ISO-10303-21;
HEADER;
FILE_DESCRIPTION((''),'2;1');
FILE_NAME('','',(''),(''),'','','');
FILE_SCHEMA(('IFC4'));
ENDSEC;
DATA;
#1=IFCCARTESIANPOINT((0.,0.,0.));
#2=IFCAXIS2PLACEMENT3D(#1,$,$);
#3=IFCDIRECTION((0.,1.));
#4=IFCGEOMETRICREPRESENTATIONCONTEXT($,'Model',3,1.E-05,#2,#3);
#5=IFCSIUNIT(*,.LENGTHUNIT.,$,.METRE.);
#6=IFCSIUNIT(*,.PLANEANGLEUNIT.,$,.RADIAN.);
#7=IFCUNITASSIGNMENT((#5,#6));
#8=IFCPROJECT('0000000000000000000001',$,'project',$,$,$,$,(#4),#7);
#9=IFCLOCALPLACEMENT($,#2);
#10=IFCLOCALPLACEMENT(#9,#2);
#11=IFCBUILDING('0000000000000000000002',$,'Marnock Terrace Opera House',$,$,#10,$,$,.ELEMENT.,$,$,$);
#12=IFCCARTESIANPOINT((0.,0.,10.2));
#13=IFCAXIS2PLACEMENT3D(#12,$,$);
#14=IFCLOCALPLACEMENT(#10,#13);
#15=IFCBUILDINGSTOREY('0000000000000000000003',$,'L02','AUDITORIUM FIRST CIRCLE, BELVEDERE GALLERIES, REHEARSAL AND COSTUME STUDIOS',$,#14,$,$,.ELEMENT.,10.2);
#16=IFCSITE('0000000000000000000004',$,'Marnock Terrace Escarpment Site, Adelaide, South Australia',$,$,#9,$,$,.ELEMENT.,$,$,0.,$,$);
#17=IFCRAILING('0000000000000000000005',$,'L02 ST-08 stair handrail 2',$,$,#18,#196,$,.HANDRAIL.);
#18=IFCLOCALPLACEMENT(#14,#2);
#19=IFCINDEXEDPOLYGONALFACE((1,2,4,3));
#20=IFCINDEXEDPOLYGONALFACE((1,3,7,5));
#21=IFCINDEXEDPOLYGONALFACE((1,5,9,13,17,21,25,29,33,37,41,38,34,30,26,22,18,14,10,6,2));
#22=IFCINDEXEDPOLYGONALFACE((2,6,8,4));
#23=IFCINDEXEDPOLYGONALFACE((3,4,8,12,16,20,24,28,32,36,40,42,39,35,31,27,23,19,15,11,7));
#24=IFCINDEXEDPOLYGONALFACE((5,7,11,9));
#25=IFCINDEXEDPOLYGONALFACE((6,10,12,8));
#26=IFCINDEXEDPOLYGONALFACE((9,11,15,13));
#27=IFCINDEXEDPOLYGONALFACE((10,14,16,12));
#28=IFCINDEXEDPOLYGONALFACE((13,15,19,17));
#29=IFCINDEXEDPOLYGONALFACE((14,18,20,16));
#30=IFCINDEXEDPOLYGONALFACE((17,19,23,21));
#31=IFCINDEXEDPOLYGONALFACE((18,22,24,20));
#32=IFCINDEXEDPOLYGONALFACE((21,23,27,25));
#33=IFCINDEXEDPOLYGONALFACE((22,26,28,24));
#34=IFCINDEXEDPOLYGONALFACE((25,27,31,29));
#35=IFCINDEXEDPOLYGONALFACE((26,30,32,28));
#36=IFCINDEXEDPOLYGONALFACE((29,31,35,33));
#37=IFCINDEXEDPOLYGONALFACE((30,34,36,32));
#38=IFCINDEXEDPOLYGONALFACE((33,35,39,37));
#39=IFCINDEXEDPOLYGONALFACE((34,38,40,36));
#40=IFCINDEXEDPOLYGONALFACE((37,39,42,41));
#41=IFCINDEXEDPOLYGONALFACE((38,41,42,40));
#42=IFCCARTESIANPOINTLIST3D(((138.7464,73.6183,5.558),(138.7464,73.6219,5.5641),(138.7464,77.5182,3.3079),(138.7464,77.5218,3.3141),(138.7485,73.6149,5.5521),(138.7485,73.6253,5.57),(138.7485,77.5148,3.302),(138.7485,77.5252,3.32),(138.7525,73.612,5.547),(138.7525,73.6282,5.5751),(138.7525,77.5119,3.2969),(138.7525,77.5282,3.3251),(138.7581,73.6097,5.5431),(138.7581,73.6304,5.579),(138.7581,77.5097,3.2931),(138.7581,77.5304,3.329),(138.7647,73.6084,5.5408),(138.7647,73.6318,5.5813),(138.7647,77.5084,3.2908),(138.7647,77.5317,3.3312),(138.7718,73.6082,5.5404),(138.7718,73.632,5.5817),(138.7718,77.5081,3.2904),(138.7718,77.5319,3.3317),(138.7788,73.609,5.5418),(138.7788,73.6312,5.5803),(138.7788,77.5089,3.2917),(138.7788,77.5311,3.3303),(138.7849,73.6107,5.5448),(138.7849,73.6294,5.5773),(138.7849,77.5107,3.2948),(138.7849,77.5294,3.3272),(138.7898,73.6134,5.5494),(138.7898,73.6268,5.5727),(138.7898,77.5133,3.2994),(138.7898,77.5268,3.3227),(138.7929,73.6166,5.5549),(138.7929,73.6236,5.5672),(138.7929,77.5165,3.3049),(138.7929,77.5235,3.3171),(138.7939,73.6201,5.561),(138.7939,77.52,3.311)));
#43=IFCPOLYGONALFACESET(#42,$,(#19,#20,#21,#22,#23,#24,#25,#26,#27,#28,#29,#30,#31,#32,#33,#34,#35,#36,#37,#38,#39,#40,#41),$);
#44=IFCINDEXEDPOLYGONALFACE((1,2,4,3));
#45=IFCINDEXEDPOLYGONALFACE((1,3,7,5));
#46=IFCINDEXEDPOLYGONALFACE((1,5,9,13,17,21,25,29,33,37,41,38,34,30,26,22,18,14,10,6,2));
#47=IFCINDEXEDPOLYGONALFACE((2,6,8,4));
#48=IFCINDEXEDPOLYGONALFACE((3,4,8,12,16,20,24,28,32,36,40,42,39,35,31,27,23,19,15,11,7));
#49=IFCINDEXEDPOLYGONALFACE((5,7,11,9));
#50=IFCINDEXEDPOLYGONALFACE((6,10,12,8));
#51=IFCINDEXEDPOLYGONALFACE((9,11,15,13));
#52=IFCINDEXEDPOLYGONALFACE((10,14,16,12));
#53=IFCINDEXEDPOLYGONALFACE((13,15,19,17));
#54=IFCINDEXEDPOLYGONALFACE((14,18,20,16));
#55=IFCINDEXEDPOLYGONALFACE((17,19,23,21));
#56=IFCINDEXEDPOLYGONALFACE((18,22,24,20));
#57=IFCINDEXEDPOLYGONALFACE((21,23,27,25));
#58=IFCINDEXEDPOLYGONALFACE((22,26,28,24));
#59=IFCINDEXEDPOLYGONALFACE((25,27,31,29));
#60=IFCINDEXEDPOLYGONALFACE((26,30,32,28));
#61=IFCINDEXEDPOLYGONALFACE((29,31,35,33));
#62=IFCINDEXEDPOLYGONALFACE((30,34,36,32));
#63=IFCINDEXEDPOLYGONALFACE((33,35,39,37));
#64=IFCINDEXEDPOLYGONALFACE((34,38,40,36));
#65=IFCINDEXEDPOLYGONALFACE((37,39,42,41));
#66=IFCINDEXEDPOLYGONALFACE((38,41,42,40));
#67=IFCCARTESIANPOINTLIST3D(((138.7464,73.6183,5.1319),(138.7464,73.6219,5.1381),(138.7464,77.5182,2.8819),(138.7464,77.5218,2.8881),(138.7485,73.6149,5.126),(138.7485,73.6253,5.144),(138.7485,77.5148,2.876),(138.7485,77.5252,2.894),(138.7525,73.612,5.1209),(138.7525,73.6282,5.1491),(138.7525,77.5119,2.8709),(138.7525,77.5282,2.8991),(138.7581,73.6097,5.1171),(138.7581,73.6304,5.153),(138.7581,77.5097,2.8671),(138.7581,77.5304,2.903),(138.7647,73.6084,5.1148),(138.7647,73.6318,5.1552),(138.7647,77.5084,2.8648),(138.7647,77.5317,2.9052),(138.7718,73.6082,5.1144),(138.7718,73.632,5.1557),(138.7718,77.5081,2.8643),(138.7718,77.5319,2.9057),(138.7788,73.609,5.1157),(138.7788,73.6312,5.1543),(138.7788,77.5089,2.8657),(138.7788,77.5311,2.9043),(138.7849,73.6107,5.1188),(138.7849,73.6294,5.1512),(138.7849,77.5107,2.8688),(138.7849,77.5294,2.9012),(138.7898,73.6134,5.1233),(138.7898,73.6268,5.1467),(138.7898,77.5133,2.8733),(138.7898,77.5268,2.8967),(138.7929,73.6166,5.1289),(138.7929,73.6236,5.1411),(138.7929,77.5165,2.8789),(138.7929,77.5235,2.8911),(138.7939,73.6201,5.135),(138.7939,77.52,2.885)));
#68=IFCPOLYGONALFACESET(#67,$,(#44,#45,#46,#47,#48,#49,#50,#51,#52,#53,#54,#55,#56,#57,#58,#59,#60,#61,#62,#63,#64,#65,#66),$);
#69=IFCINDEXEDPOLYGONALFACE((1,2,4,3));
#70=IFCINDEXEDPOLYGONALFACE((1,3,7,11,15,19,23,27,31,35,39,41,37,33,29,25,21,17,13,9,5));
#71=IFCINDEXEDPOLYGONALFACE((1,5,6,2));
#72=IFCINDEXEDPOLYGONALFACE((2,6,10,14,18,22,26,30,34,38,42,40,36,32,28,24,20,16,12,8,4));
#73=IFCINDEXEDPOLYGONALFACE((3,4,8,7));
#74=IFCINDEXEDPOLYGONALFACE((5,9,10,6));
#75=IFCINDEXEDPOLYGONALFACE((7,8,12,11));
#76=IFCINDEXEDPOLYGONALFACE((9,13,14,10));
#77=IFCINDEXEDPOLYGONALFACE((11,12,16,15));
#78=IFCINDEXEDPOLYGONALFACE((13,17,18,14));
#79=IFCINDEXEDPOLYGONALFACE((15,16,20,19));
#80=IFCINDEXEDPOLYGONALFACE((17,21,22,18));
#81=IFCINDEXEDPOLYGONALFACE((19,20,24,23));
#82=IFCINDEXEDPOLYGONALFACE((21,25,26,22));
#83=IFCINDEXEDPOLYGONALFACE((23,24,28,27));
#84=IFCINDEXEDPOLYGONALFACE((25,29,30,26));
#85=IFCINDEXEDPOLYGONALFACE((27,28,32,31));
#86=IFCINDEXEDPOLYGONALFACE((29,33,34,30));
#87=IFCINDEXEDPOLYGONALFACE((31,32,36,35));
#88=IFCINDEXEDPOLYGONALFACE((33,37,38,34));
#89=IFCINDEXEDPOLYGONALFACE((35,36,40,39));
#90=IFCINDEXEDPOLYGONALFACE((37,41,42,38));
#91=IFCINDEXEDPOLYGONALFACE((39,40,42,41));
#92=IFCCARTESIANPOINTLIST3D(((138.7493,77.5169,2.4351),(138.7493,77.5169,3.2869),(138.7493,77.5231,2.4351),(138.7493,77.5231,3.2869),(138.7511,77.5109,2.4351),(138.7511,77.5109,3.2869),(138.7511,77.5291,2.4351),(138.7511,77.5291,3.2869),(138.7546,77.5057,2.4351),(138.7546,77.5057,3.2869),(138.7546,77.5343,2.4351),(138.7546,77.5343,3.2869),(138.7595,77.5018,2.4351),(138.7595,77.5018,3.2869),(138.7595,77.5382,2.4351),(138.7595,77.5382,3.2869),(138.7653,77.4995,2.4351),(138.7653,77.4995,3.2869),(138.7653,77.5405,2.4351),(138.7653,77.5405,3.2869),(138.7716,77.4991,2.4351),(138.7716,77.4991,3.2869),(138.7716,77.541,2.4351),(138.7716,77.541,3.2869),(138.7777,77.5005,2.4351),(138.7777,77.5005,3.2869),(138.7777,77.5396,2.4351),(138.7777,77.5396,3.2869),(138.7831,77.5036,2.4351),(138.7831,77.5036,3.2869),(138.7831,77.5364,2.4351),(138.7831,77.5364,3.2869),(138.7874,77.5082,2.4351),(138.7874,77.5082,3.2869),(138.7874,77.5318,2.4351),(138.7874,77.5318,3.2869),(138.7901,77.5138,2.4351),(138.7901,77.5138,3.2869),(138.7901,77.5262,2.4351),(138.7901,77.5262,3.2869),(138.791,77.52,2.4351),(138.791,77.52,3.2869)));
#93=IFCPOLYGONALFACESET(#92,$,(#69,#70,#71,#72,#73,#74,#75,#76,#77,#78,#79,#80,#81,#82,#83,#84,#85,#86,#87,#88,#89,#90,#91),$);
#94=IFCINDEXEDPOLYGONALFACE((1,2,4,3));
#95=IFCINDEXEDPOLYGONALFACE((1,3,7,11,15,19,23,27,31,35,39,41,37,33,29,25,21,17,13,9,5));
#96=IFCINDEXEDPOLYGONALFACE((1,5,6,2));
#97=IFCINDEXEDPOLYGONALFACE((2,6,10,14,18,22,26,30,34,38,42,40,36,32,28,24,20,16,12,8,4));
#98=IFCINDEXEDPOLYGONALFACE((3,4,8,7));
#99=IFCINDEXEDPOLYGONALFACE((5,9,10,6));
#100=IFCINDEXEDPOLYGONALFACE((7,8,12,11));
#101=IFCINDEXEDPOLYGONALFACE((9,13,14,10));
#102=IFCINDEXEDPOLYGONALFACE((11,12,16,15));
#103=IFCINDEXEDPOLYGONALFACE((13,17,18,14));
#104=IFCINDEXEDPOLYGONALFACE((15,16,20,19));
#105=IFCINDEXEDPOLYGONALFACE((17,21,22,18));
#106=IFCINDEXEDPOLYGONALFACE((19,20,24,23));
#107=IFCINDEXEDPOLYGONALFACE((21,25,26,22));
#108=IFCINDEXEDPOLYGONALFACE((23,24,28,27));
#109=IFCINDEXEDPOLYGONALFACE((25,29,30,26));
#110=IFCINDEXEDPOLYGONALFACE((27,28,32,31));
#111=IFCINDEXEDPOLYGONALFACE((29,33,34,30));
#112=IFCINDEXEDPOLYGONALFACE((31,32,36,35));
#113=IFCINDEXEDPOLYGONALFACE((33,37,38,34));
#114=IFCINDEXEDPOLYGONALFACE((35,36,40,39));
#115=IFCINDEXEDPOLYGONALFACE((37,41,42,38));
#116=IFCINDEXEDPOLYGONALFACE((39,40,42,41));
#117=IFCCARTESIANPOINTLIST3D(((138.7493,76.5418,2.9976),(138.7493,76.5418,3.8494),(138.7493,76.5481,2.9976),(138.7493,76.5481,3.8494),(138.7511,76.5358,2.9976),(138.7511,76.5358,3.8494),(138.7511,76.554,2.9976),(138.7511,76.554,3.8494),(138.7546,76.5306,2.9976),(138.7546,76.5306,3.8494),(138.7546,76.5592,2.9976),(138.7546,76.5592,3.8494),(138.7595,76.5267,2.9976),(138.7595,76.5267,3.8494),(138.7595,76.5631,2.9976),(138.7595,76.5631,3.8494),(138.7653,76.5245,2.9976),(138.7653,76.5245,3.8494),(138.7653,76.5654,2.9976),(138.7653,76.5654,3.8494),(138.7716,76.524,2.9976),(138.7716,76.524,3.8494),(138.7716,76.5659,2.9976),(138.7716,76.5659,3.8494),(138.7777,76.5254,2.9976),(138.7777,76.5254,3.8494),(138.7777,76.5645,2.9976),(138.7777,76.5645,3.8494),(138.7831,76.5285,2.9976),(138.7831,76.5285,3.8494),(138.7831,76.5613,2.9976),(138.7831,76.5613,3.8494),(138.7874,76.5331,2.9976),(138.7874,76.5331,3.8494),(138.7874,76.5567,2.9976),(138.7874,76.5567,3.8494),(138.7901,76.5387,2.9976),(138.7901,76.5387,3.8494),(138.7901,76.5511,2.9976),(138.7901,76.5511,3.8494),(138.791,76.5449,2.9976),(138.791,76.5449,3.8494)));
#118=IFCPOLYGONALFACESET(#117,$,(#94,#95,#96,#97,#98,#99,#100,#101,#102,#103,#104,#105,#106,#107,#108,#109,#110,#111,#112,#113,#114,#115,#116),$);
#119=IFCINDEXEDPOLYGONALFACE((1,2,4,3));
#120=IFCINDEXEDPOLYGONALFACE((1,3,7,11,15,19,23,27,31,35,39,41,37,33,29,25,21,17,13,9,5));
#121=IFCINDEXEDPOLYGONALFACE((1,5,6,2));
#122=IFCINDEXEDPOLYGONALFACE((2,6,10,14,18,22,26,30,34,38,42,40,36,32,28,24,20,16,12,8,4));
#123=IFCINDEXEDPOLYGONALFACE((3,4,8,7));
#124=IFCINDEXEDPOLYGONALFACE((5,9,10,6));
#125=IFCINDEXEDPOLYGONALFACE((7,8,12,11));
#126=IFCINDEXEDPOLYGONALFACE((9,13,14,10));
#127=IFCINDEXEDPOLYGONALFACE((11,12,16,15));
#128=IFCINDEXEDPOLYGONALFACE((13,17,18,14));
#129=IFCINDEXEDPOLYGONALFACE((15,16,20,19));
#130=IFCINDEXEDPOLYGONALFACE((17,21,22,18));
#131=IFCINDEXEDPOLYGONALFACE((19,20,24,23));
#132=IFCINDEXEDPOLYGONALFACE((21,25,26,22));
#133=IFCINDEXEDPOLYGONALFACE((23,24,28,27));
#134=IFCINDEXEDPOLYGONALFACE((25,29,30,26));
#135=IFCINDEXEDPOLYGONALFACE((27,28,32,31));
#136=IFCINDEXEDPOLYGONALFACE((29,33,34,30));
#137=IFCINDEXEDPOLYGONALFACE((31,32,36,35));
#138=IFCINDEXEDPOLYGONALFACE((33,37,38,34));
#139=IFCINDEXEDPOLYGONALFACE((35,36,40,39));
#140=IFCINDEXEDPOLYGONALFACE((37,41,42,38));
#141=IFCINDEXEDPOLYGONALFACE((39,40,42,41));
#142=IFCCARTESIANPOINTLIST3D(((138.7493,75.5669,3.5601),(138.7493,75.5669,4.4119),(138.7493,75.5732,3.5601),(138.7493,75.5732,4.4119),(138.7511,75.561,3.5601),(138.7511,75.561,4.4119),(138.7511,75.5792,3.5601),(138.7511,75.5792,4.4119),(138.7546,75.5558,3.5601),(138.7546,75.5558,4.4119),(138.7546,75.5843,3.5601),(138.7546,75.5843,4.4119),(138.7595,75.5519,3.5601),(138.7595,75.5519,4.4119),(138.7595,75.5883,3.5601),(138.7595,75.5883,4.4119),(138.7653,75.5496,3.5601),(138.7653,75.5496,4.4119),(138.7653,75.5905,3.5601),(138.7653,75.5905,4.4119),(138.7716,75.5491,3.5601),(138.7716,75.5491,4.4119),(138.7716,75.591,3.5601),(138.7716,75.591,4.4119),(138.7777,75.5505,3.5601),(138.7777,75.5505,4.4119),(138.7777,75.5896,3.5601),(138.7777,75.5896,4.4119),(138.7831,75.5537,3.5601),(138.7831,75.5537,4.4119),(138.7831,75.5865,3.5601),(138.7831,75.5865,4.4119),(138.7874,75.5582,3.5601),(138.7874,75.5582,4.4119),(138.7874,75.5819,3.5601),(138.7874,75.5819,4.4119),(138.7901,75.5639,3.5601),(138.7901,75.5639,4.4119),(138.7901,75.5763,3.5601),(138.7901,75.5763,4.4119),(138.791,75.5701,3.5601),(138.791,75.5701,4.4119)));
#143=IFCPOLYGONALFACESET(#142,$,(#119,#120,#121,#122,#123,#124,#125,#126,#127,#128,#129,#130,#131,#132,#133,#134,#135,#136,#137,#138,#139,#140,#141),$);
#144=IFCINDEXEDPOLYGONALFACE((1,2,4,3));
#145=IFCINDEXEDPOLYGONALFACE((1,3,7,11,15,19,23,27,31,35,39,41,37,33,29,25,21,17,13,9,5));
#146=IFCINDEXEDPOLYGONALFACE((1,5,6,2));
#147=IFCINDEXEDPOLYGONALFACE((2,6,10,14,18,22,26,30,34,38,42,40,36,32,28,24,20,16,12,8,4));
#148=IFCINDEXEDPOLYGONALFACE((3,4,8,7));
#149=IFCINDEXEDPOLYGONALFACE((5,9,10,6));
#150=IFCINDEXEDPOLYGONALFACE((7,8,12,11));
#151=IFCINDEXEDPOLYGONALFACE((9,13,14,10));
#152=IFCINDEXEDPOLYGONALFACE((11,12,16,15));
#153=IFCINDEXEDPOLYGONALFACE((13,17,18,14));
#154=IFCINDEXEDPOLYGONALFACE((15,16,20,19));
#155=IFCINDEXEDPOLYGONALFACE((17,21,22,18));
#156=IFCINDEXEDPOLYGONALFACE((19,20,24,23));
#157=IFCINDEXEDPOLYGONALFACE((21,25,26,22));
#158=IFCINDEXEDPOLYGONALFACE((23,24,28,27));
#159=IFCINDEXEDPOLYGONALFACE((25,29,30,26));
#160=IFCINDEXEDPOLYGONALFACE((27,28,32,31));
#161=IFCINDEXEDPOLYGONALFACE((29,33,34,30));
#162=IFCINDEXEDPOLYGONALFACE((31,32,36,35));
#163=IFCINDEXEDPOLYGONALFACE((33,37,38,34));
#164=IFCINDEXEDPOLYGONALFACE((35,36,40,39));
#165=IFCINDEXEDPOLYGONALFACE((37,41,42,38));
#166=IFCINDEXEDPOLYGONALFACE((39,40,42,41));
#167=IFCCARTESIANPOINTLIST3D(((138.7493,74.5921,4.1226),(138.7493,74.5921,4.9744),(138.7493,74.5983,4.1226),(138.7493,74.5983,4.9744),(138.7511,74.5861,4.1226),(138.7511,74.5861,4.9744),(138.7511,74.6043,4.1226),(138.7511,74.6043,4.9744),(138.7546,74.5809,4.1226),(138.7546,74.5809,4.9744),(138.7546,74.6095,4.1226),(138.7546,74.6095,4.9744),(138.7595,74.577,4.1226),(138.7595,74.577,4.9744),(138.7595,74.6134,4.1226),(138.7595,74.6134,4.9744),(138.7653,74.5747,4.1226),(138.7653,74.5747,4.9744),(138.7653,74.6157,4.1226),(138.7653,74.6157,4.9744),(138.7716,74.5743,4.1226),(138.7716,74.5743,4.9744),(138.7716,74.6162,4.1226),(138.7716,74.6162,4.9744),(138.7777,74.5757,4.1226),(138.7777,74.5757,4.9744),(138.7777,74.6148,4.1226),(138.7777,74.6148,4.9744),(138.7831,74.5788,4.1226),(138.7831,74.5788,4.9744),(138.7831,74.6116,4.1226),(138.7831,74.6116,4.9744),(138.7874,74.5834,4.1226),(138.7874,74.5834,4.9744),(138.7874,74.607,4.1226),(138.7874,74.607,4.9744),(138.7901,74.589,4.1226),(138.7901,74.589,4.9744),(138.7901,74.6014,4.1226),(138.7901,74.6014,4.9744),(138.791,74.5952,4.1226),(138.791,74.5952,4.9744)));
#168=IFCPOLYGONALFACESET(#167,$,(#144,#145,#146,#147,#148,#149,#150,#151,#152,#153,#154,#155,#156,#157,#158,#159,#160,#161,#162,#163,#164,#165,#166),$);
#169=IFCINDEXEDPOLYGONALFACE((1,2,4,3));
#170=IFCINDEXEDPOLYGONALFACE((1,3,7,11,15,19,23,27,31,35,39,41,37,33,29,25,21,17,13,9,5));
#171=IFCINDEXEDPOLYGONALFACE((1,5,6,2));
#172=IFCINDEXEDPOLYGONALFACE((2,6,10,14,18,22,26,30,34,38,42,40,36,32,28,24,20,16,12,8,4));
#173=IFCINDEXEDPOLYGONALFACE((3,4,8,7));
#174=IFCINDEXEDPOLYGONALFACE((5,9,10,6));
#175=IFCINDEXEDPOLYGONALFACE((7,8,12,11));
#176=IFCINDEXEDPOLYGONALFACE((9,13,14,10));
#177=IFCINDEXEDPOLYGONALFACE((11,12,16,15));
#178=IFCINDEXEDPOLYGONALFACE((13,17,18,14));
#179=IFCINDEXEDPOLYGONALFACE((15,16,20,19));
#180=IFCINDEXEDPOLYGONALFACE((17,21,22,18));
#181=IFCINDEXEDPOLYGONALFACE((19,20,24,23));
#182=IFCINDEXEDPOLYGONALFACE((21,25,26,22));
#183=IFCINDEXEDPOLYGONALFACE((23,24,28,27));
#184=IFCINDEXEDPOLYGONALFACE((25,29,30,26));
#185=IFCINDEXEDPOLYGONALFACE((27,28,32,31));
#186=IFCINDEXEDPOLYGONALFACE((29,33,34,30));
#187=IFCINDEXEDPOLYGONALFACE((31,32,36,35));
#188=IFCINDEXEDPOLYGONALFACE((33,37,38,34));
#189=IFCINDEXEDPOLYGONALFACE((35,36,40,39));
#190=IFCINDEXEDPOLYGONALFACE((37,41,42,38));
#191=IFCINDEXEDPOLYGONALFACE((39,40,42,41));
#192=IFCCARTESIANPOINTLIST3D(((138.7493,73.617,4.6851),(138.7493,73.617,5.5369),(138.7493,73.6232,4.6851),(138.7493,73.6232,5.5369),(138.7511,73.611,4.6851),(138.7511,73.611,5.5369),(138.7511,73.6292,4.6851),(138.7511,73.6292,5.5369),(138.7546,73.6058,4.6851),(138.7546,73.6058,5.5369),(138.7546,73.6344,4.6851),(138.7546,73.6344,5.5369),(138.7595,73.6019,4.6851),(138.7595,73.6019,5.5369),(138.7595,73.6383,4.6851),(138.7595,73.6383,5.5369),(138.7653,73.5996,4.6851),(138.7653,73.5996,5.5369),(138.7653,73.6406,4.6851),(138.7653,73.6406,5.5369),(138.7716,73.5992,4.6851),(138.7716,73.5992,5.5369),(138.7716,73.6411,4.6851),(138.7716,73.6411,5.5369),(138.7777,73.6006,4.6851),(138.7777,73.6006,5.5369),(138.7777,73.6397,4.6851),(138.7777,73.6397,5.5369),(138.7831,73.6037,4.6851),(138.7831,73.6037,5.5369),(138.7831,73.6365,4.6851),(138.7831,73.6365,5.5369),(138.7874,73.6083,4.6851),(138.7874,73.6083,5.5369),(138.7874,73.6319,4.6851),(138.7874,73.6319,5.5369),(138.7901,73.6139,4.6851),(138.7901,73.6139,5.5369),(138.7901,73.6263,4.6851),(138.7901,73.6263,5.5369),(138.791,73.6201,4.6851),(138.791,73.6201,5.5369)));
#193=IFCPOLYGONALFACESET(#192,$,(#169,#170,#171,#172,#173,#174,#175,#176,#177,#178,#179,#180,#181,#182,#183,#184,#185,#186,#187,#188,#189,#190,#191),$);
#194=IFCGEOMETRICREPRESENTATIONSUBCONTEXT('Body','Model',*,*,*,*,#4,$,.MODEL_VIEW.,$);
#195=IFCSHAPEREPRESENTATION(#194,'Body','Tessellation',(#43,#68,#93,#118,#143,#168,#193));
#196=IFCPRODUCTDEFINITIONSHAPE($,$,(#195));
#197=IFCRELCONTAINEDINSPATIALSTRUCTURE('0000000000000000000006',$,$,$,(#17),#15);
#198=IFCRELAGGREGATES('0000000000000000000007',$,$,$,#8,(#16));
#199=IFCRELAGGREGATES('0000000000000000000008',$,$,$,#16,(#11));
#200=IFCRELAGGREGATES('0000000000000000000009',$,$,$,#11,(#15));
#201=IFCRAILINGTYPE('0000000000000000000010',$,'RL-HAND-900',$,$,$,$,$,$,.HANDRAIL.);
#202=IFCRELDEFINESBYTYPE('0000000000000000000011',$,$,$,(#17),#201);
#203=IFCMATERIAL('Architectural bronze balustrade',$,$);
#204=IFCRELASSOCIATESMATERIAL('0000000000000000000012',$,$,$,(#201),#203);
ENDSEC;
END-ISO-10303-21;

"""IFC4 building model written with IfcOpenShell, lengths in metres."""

from ifc_helpers import new_model, si_unit, direction, frame, origin, origin_2d, place, context, subcontext, project, spatial, circle, extrude, material, type_object, element, save


model = new_model("IFC4")

# Units and contexts
model_context = context("Model", 3, precision=1e-05, world=origin(), true_north=direction((0.0, 1.0)))
body_context = subcontext(model_context, "Body", "Model", "MODEL_VIEW")
ifc_project = project(units=[si_unit("LENGTHUNIT", "METRE"), si_unit("PLANEANGLEUNIT", "RADIAN")], contexts=[model_context])

# Site, building, storey
site_placement = place(None, origin())
site = spatial("IfcSite", under=ifc_project, at=site_placement, Name="Marnock Terrace Escarpment Site, Adelaide, South Australia", CompositionType="ELEMENT", RefElevation=0.0)
building_placement = place(site_placement, origin())
building = spatial("IfcBuilding", under=site, at=building_placement, Name="Marnock Terrace Opera House", CompositionType="ELEMENT")
storey_placement = place(building_placement, frame((0.0, 0.0, 10.2)))
storey = spatial("IfcBuildingStorey", under=building, at=storey_placement, Name="L02", Description="AUDITORIUM FIRST CIRCLE, BELVEDERE GALLERIES, REHEARSAL AND COSTUME STUDIOS", CompositionType="ELEMENT", Elevation=10.2)

# Railing
ifc_material_1 = material(Name="Architectural bronze balustrade")
railing_type_1 = type_object("IfcRailingType", Name="RL-HAND-900", PredefinedType="HANDRAIL", material=ifc_material_1)
railing_1_placement = place(storey_placement, frame((138.77, 77.52, 2.4351)))
element("IfcRailing", 1, at=railing_1_placement, inside=storey, type_object=railing_type_1, Name="L02 ST-08 stair handrail 2", PredefinedType="HANDRAIL", context=body_context, shape_type="SweptSolid", body=[
    extrude(circle(Radius=0.0239, at=origin_2d()), frame((0.0, 0.0, 0.876), z_axis=(0.0, -0.86618, 0.499732), x_axis=(1.0, 0.0, 0.0)), (0.0, 0.0, 1.0), 4.5024),
    extrude(circle(Radius=0.0239, at=origin_2d()), frame((0.0, 0.0, 0.45), z_axis=(0.0, -0.86618, 0.499732), x_axis=(1.0, 0.0, 0.0)), (0.0, 0.0, 1.0), 4.5024),
    extrude(circle(Radius=0.021, at=origin_2d()), origin(), (0.0, 0.0, 1.0), 0.8518),
    extrude(circle(Radius=0.021, at=origin_2d()), frame((0.0, -0.9751, 0.5625)), (0.0, 0.0, 1.0), 0.8518),
    extrude(circle(Radius=0.021, at=origin_2d()), frame((0.0, -1.95, 1.125)), (0.0, 0.0, 1.0), 0.8518),
    extrude(circle(Radius=0.021, at=origin_2d()), frame((0.0, -2.9248, 1.6875)), (0.0, 0.0, 1.0), 0.8518),
    extrude(circle(Radius=0.021, at=origin_2d()), frame((0.0, -3.8999, 2.25)), (0.0, 0.0, 1.0), 0.8518),
])

save(model, "model.ifc")
